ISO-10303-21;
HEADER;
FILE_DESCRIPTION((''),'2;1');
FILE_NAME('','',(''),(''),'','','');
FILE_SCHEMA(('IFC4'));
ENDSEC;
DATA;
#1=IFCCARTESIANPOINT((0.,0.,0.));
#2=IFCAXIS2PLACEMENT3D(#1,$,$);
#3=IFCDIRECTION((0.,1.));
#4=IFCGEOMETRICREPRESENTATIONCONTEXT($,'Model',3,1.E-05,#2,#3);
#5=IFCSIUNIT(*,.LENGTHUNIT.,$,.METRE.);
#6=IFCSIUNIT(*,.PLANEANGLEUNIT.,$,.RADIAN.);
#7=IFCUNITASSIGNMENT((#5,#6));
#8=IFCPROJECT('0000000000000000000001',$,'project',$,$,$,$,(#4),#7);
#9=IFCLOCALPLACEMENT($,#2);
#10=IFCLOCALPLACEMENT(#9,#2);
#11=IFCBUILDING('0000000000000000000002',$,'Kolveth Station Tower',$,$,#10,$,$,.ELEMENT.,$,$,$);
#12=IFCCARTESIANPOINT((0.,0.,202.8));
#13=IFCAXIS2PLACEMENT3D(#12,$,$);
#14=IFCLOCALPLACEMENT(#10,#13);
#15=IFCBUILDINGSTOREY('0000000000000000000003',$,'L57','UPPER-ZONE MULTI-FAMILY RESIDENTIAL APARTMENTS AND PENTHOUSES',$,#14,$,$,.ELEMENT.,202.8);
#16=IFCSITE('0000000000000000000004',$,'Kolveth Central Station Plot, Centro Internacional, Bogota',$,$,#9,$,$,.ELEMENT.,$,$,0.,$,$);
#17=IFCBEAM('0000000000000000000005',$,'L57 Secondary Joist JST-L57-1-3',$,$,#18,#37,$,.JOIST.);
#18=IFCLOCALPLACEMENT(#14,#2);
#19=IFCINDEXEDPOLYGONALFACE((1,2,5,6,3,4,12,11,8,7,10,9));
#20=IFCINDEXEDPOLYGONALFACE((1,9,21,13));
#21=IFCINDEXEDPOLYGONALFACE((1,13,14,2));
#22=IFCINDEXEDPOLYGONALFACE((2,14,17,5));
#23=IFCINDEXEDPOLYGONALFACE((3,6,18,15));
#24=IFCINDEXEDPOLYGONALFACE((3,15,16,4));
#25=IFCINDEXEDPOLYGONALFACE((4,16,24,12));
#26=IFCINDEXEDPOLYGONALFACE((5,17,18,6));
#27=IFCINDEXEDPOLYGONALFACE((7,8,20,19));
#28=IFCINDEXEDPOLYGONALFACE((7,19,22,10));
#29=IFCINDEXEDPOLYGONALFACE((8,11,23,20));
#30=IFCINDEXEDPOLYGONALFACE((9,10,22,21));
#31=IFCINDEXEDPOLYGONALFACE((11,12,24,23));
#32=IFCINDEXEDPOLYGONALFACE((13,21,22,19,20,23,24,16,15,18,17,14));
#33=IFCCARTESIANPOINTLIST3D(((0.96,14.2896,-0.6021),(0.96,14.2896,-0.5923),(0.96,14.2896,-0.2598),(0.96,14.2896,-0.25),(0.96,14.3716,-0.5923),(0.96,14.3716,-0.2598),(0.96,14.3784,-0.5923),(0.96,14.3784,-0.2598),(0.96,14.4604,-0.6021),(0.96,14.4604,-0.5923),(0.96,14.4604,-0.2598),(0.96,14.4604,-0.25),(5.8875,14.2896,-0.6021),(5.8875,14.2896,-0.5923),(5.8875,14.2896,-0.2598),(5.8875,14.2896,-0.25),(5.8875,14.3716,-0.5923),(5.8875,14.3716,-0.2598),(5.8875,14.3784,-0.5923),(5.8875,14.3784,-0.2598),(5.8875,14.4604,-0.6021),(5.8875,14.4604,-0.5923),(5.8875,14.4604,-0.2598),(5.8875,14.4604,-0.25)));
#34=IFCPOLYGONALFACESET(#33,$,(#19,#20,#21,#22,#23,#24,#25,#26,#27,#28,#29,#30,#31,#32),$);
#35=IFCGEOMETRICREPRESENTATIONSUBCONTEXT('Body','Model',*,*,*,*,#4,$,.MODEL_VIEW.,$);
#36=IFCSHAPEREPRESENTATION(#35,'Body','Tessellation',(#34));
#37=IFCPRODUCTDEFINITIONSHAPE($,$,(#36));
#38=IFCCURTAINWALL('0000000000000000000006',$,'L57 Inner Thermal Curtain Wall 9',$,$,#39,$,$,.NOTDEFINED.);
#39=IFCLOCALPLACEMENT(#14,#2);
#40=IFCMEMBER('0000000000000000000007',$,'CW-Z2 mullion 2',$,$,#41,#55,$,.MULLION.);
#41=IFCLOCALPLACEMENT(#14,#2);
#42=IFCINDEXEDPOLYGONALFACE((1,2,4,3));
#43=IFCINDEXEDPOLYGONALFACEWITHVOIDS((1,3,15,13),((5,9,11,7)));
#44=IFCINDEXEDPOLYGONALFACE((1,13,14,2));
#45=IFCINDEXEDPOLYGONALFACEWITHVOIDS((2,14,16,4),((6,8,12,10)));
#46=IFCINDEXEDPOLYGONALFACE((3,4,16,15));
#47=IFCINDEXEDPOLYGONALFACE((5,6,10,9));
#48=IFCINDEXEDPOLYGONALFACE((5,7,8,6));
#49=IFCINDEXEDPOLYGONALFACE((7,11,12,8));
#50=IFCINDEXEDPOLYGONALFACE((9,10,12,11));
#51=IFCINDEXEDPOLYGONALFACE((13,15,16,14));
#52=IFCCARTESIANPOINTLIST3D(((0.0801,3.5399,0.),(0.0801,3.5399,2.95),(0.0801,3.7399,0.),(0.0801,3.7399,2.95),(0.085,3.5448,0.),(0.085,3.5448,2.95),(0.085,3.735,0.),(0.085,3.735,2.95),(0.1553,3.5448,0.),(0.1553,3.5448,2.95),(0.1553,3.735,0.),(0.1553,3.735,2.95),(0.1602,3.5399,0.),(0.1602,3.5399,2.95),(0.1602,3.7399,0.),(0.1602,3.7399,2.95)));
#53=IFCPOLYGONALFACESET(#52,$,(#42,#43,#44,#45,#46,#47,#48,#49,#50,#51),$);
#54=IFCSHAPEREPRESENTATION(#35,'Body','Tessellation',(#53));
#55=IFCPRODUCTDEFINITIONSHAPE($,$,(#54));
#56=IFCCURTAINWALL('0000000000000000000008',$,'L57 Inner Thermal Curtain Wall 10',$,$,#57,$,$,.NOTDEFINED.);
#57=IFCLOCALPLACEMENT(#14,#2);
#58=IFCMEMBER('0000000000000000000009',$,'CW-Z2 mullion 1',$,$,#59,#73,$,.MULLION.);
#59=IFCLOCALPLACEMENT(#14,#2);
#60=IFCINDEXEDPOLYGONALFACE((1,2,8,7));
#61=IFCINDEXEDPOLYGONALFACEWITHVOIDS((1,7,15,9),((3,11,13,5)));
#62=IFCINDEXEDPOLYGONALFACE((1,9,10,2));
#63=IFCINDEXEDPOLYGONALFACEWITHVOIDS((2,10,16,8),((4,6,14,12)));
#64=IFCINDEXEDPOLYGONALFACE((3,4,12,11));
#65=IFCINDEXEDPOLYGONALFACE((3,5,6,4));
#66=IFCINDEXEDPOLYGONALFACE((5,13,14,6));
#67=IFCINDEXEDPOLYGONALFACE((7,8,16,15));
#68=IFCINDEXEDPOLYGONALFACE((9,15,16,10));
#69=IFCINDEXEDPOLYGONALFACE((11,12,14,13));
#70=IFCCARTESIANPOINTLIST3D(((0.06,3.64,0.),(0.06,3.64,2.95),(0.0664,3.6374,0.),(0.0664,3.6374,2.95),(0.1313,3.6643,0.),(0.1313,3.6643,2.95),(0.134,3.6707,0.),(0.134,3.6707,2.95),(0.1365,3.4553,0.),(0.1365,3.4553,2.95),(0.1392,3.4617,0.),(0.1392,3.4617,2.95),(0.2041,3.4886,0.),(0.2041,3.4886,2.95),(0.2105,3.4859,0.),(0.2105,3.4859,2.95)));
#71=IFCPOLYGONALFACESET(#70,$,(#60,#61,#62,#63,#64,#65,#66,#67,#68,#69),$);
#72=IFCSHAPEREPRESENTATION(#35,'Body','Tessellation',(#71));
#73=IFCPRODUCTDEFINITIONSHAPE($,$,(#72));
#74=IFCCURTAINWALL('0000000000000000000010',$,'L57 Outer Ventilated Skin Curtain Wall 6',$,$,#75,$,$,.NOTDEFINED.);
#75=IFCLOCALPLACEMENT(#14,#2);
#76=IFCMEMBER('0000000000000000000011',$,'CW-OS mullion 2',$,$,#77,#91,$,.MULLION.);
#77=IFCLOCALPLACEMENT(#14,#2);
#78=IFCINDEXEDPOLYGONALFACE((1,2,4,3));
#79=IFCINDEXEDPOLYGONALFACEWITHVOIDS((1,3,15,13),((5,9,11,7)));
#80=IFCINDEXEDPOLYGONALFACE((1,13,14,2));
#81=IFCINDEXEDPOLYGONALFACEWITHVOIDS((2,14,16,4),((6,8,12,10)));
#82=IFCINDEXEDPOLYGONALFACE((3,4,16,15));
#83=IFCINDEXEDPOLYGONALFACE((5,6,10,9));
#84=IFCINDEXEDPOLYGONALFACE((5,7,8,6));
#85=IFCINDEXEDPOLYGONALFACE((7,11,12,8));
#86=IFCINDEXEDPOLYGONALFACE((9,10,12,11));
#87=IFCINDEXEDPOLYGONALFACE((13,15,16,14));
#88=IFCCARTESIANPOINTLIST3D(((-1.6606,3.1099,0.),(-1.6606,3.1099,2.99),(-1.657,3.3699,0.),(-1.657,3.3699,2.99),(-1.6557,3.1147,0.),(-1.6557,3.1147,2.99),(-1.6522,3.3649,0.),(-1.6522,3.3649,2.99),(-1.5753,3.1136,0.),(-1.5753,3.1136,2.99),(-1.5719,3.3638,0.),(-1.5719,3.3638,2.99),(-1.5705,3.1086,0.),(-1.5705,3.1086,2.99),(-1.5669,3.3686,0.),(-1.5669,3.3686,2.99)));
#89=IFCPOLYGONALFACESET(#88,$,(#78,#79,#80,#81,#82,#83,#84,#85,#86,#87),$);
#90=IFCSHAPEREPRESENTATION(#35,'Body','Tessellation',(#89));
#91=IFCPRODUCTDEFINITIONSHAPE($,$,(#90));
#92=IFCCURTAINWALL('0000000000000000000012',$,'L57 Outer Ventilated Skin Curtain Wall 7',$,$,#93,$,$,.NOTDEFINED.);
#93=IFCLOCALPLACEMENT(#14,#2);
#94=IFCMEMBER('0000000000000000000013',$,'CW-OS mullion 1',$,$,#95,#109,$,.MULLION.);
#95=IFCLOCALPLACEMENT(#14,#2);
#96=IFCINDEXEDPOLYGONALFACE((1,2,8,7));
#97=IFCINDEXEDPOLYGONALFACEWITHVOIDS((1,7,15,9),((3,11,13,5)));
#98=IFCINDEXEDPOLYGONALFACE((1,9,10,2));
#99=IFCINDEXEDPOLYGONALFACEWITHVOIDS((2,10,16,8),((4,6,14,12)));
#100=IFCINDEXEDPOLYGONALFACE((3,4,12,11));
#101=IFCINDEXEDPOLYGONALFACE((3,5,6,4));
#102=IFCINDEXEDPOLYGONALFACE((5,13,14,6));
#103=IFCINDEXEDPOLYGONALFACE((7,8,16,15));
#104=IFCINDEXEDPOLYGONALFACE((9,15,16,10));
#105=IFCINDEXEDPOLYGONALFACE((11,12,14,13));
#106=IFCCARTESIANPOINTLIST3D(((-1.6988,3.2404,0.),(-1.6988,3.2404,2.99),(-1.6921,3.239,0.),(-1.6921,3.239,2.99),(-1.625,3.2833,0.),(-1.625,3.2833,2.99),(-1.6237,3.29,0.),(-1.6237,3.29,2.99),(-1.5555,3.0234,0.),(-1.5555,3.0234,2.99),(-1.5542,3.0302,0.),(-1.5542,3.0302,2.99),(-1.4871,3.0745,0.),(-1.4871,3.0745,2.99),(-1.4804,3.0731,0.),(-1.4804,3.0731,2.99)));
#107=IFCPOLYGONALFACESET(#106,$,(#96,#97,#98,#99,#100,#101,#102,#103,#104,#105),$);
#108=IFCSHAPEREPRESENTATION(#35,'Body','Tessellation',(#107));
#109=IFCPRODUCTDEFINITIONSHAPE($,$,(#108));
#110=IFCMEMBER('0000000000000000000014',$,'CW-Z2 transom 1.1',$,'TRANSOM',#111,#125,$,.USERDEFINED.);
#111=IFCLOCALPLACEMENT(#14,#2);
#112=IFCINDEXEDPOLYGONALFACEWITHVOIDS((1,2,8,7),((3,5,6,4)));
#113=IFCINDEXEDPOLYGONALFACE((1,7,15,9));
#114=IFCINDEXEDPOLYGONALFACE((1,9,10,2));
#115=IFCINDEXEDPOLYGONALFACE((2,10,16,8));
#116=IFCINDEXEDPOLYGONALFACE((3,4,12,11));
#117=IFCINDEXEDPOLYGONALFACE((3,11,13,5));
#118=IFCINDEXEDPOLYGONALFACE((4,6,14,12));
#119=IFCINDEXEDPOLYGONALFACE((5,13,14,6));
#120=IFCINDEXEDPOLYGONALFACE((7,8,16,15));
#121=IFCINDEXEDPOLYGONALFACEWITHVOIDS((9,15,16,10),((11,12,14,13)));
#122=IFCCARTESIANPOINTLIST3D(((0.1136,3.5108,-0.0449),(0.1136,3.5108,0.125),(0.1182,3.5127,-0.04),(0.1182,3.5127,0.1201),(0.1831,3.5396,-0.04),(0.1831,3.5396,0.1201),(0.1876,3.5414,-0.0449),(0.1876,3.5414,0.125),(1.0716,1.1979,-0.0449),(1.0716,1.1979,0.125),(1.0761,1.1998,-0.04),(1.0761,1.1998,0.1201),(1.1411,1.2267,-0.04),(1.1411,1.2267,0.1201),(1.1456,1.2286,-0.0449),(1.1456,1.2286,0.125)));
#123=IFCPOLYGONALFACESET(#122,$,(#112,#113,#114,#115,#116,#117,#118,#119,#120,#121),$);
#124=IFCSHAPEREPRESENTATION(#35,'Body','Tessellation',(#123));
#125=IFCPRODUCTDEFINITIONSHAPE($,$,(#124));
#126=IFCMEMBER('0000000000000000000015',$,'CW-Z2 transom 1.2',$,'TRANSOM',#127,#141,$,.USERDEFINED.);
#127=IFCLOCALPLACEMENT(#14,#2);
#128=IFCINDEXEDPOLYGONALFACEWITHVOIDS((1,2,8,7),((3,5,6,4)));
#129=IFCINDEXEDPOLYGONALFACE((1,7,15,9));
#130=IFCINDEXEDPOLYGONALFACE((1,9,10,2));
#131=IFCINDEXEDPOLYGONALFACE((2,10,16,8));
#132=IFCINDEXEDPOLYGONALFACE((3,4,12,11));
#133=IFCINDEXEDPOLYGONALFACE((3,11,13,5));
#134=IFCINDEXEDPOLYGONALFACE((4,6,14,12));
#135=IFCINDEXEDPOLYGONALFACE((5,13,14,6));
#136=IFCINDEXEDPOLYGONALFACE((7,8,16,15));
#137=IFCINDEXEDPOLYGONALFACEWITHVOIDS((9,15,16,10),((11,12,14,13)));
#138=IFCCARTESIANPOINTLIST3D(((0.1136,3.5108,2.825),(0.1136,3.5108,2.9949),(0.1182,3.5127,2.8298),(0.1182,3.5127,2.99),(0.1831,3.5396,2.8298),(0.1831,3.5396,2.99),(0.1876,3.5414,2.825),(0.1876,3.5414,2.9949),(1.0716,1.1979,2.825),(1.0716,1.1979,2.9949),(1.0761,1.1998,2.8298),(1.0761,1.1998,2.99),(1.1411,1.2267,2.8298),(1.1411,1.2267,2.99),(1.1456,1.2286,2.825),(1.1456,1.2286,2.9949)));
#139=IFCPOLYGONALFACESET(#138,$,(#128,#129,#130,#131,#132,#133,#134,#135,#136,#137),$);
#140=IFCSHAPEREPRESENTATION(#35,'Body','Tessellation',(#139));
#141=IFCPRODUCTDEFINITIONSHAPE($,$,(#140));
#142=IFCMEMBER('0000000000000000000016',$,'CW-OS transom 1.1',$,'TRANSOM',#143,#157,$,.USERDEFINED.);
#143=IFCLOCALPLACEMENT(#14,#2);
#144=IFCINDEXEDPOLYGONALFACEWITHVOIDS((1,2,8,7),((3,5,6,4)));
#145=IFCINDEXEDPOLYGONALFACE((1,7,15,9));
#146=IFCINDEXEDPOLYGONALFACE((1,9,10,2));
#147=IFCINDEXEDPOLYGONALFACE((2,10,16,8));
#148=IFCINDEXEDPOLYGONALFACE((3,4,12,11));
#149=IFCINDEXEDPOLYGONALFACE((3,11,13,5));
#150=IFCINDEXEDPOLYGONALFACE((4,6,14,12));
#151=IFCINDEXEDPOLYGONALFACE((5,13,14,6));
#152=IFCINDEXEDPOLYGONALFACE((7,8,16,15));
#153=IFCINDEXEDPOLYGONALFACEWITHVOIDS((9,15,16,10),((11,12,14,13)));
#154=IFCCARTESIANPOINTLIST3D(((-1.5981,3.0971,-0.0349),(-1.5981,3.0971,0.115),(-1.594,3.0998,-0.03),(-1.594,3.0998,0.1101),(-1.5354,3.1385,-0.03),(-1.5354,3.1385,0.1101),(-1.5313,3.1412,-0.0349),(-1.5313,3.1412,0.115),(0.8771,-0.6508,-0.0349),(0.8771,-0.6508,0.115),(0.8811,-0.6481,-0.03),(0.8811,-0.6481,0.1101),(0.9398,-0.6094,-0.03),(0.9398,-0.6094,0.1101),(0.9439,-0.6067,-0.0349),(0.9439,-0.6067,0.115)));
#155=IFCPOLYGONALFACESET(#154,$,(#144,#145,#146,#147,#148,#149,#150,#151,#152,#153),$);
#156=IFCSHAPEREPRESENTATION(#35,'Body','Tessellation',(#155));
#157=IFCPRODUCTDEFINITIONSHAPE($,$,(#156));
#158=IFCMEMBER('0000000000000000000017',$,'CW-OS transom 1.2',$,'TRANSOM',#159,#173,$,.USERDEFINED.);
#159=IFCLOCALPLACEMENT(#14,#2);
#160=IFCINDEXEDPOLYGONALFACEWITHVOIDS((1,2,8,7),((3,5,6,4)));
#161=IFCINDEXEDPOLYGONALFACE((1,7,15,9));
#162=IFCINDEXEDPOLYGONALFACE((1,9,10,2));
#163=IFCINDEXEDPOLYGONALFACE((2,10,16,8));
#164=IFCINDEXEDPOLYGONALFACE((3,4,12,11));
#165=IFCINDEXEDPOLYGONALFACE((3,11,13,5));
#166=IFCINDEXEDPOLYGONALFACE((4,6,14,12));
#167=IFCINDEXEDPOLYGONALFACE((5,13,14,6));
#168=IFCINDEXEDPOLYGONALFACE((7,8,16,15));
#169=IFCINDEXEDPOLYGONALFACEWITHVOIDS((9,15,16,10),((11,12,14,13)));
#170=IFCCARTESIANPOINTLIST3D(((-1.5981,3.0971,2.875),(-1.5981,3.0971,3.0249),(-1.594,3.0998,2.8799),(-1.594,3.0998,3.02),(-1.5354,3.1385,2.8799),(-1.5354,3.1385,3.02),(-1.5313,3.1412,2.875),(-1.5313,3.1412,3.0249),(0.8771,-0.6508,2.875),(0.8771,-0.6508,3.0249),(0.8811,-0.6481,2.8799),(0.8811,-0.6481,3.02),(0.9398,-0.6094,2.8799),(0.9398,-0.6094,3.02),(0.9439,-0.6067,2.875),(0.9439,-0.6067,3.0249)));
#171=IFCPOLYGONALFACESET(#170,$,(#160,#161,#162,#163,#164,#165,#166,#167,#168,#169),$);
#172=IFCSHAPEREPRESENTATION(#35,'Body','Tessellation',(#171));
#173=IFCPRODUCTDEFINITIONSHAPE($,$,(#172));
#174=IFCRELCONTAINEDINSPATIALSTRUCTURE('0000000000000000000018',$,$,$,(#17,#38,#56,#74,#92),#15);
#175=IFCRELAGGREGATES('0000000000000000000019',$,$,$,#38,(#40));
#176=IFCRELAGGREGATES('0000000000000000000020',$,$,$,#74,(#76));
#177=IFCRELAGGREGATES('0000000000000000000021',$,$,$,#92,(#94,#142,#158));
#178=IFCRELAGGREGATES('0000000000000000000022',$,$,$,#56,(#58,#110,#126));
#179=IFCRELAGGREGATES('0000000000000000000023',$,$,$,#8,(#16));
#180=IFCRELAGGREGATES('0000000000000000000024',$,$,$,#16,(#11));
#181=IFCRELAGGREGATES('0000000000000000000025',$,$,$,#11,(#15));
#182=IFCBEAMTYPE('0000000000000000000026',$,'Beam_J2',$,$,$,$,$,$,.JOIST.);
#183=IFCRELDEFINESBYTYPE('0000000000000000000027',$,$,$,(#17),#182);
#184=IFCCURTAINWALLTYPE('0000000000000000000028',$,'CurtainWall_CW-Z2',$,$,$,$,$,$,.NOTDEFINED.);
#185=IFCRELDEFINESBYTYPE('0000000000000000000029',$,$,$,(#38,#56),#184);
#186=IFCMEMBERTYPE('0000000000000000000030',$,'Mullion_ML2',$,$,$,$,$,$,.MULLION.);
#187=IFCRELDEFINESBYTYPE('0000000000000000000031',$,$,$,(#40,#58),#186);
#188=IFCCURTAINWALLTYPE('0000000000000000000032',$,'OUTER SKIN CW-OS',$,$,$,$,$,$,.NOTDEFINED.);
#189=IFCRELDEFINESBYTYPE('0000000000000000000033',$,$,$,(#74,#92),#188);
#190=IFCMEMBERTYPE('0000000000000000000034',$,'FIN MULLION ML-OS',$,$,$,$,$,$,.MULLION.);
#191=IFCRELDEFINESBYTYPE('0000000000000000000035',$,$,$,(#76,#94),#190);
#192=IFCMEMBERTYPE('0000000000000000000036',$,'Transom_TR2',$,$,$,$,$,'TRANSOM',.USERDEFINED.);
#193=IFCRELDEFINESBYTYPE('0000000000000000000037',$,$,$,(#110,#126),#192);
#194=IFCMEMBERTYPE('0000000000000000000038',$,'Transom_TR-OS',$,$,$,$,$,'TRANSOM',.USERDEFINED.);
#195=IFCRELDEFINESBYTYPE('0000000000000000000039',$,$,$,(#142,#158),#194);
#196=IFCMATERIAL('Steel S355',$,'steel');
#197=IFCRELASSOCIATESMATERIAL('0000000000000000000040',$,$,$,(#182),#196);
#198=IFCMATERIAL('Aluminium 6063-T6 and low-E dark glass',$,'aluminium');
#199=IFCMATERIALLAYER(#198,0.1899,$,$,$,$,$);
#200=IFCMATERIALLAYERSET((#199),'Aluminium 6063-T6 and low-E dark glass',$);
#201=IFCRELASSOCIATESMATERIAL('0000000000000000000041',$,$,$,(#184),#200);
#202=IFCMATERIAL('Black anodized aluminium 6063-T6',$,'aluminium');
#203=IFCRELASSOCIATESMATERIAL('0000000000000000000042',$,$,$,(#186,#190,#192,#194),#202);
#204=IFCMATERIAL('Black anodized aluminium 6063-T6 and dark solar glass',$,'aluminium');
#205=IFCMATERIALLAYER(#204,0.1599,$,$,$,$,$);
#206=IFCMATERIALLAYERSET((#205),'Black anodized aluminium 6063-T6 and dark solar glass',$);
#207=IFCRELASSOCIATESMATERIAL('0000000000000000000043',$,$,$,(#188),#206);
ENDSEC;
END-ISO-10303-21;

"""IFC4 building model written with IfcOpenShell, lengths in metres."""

from ifc_helpers import new_model, si_unit, direction, frame, origin, origin_2d, place, context, subcontext, project, spatial, hollow_rectangle, i_section, extrude, source, transform, mapped, material, layer, layer_set, material_profile, profile_set, type_object, element, aggregate, save


model = new_model("IFC4")

# Units and contexts
model_context = context("Model", 3, precision=1e-05, world=origin(), true_north=direction((0.0, 1.0)))
body_context = subcontext(model_context, "Body", "Model", "MODEL_VIEW")
ifc_project = project(units=[si_unit("LENGTHUNIT", "METRE"), si_unit("PLANEANGLEUNIT", "RADIAN")], contexts=[model_context])

# Site, building, storey
site_placement = place(None, origin())
site = spatial("IfcSite", under=ifc_project, at=site_placement, Name="Kolveth Central Station Plot, Centro Internacional, Bogota", CompositionType="ELEMENT", RefElevation=0.0)
building_placement = place(site_placement, origin())
building = spatial("IfcBuilding", under=site, at=building_placement, Name="Kolveth Station Tower", CompositionType="ELEMENT")
storey_placement = place(building_placement, frame((0.0, 0.0, 202.8)))
storey = spatial("IfcBuildingStorey", under=building, at=storey_placement, Name="L57", Description="UPPER-ZONE MULTI-FAMILY RESIDENTIAL APARTMENTS AND PENTHOUSES", CompositionType="ELEMENT", Elevation=202.8)

# Shared definitions
ifc_material_1 = material(Name="Steel S355", Category="steel")

# Beam
ifc_material_profile_1 = material_profile(ifc_material_1, i_section(OverallWidth=0.1709, OverallDepth=0.3521, WebThickness=0.0068, FlangeThickness=0.0098, at=origin_2d()), Name="W360x44")
ifc_profile_set_1 = profile_set([ifc_material_profile_1], Name="Steel S355")
beam_type_1 = type_object("IfcBeamType", Name="Beam_J2", PredefinedType="JOIST", material=ifc_profile_set_1)
shared_shape_1 = source(origin(), body_context, "Body", "SweptSolid", [
    extrude(i_section(OverallWidth=0.1709, OverallDepth=0.3521, WebThickness=0.0068, FlangeThickness=0.0098, at=origin_2d()), origin(), (0.0, 0.0, 1.0), 4.9275),
])
for number, where, z_axis, x_axis, name in (
    (1, (0.96, 14.375, -0.426), (1.0, 0.0, 0.0), (0.0, 1.0, 0.0), "L57 Secondary Joist JST-L57-1-3"),
):
    element("IfcBeam", number, at=place(storey_placement, frame(where, z_axis=z_axis, x_axis=x_axis)), inside=storey, type_object=beam_type_1, Name=name, PredefinedType="JOIST", context=body_context, shape_type="MappedRepresentation", body=[
        mapped(shared_shape_1, transform((0.0, 0.0, 0.0), x_axis=(1.0, 0.0, 0.0), y_axis=(0.0, 1.0, 0.0), z_axis=(0.0, 0.0, 1.0), scale=1.0)),
    ])

# Curtain walls, members
ifc_material_2 = material(Name="Aluminium 6063-T6 and low-E dark glass", Category="aluminium")
ifc_layer_1 = layer(ifc_material_2, 0.1899)
ifc_layer_set_1 = layer_set([ifc_layer_1], Name="Aluminium 6063-T6 and low-E dark glass")
curtain_wall_type_1 = type_object("IfcCurtainWallType", Name="CurtainWall_CW-Z2", PredefinedType="NOTDEFINED", material=ifc_layer_set_1)
curtain_wall_1_placement = place(storey_placement, origin())
curtain_wall_1 = element("IfcCurtainWall", 2, at=curtain_wall_1_placement, inside=storey, type_object=curtain_wall_type_1, Name="L57 Inner Thermal Curtain Wall 9", PredefinedType="NOTDEFINED")
ifc_material_3 = material(Name="Black anodized aluminium 6063-T6", Category="aluminium")
ifc_material_profile_2 = material_profile(ifc_material_3, hollow_rectangle(XDim=0.0801, YDim=0.2, WallThickness=0.0049, at=origin_2d()), Name="ALU-80x200x5")
ifc_profile_set_2 = profile_set([ifc_material_profile_2], Name="Black anodized aluminium 6063-T6")
member_type_1 = type_object("IfcMemberType", Name="Mullion_ML2", PredefinedType="MULLION", material=ifc_profile_set_2)
shared_shape_2 = source(origin(), body_context, "Body", "SweptSolid", [
    extrude(hollow_rectangle(XDim=0.0801, YDim=0.2, WallThickness=0.0049, at=origin_2d()), origin(), (0.0, 0.0, 1.0), 2.95),
])
member_1_placement = place(storey_placement, frame((0.1201, 3.6399, 0.0), z_axis=(0.0, 0.0, 1.0), x_axis=(1.0, 0.0, 0.0)))
member_1 = element("IfcMember", 3, at=member_1_placement, type_object=member_type_1, Name="CW-Z2 mullion 2", PredefinedType="MULLION", context=body_context, shape_type="MappedRepresentation", body=[
    mapped(shared_shape_2, transform((0.0, 0.0, 0.0), x_axis=(1.0, 0.0, 0.0), y_axis=(0.0, 1.0, 0.0), z_axis=(0.0, 0.0, 1.0), scale=1.0)),
])
aggregate(curtain_wall_1, [member_1])
curtain_wall_2_placement = place(storey_placement, origin())
curtain_wall_2 = element("IfcCurtainWall", 4, at=curtain_wall_2_placement, inside=storey, type_object=curtain_wall_type_1, Name="L57 Inner Thermal Curtain Wall 10", PredefinedType="NOTDEFINED")
member_2_placement = place(storey_placement, frame((0.1353, 3.563, 0.0), z_axis=(0.0, 0.0, 1.0), x_axis=(0.923874, 0.382698, 0.0)))
member_2 = element("IfcMember", 5, at=member_2_placement, type_object=member_type_1, Name="CW-Z2 mullion 1", PredefinedType="MULLION", context=body_context, shape_type="MappedRepresentation", body=[
    mapped(shared_shape_2, transform((0.0, 0.0, 0.0), x_axis=(1.0, 0.0, 0.0), y_axis=(0.0, 1.0, 0.0), z_axis=(0.0, 0.0, 1.0), scale=1.0)),
])
ifc_material_4 = material(Name="Black anodized aluminium 6063-T6 and dark solar glass", Category="aluminium")
ifc_layer_2 = layer(ifc_material_4, 0.1599)
ifc_layer_set_2 = layer_set([ifc_layer_2], Name="Black anodized aluminium 6063-T6 and dark solar glass")
curtain_wall_type_2 = type_object("IfcCurtainWallType", Name="OUTER SKIN CW-OS", PredefinedType="NOTDEFINED", material=ifc_layer_set_2)
curtain_wall_3_placement = place(storey_placement, origin())
curtain_wall_3 = element("IfcCurtainWall", 6, at=curtain_wall_3_placement, inside=storey, type_object=curtain_wall_type_2, Name="L57 Outer Ventilated Skin Curtain Wall 6", PredefinedType="NOTDEFINED")
ifc_material_profile_3 = material_profile(ifc_material_3, hollow_rectangle(XDim=0.0901, YDim=0.26, WallThickness=0.0049, at=origin_2d()), Name="ALU-90x260x5")
ifc_profile_set_3 = profile_set([ifc_material_profile_3], Name="Black anodized aluminium 6063-T6")
member_type_2 = type_object("IfcMemberType", Name="FIN MULLION ML-OS", PredefinedType="MULLION", material=ifc_profile_set_3)
shared_shape_3 = source(origin(), body_context, "Body", "SweptSolid", [
    extrude(hollow_rectangle(XDim=0.0901, YDim=0.26, WallThickness=0.0049, at=origin_2d()), origin(), (0.0, 0.0, 1.0), 2.99),
])
member_3_placement = place(storey_placement, frame((-1.6138, 3.2393, 0.0), z_axis=(0.0, 0.0, 1.0), x_axis=(0.999904, -0.013847, 0.0)))
member_3 = element("IfcMember", 7, at=member_3_placement, type_object=member_type_2, Name="CW-OS mullion 2", PredefinedType="MULLION", context=body_context, shape_type="MappedRepresentation", body=[
    mapped(shared_shape_3, transform((0.0, 0.0, 0.0), x_axis=(1.0, 0.0, 0.0), y_axis=(0.0, 1.0, 0.0), z_axis=(0.0, 0.0, 1.0), scale=1.0)),
])
aggregate(curtain_wall_3, [member_3])
curtain_wall_4_placement = place(storey_placement, origin())
curtain_wall_4 = element("IfcCurtainWall", 8, at=curtain_wall_4_placement, inside=storey, type_object=curtain_wall_type_2, Name="L57 Outer Ventilated Skin Curtain Wall 7", PredefinedType="NOTDEFINED")
member_4_placement = place(storey_placement, frame((-1.5896, 3.1567, 0.0), z_axis=(0.0, 0.0, 1.0), x_axis=(0.834424, 0.551123, 0.0)))
member_4 = element("IfcMember", 9, at=member_4_placement, type_object=member_type_2, Name="CW-OS mullion 1", PredefinedType="MULLION", context=body_context, shape_type="MappedRepresentation", body=[
    mapped(shared_shape_3, transform((0.0, 0.0, 0.0), x_axis=(1.0, 0.0, 0.0), y_axis=(0.0, 1.0, 0.0), z_axis=(0.0, 0.0, 1.0), scale=1.0)),
])

# Members
ifc_material_profile_4 = material_profile(ifc_material_3, hollow_rectangle(XDim=0.0801, YDim=0.1699, WallThickness=0.0049, at=origin_2d()), Name="ALU-80x170x5")
ifc_profile_set_4 = profile_set([ifc_material_profile_4], Name="Black anodized aluminium 6063-T6")
member_type_3 = type_object("IfcMemberType", Name="Transom_TR2", ElementType="TRANSOM", PredefinedType="USERDEFINED", material=ifc_profile_set_4)
shared_shape_4 = source(origin(), body_context, "Body", "SweptSolid", [
    extrude(hollow_rectangle(XDim=0.0801, YDim=0.1699, WallThickness=0.0049, at=origin_2d()), origin(), (0.0, 0.0, 1.0), 2.5034),
])
member_5_placement = place(storey_placement, frame((0.1506, 3.5261, 0.04), z_axis=(0.382662, -0.923888, 0.0), x_axis=(0.923888, 0.382662, 0.0)))
member_5 = element("IfcMember", 10, at=member_5_placement, type_object=member_type_3, Name="CW-Z2 transom 1.1", ObjectType="TRANSOM", PredefinedType="USERDEFINED", context=body_context, shape_type="MappedRepresentation", body=[
    mapped(shared_shape_4, transform((0.0, 0.0, 0.0), x_axis=(1.0, 0.0, 0.0), y_axis=(0.0, 1.0, 0.0), z_axis=(0.0, 0.0, 1.0), scale=1.0)),
])
member_6_placement = place(storey_placement, frame((0.1506, 3.5261, 2.9099), z_axis=(0.382662, -0.923888, 0.0), x_axis=(0.923888, 0.382662, 0.0)))
member_6 = element("IfcMember", 11, at=member_6_placement, type_object=member_type_3, Name="CW-Z2 transom 1.2", ObjectType="TRANSOM", PredefinedType="USERDEFINED", context=body_context, shape_type="MappedRepresentation", body=[
    mapped(shared_shape_4, transform((0.0, 0.0, 0.0), x_axis=(1.0, 0.0, 0.0), y_axis=(0.0, 1.0, 0.0), z_axis=(0.0, 0.0, 1.0), scale=1.0)),
])
ifc_material_profile_5 = material_profile(ifc_material_3, hollow_rectangle(XDim=0.0801, YDim=0.1499, WallThickness=0.0049, at=origin_2d()), Name="ALU-80x150x5")
ifc_profile_set_5 = profile_set([ifc_material_profile_5], Name="Black anodized aluminium 6063-T6")
member_type_4 = type_object("IfcMemberType", Name="Transom_TR-OS", ElementType="TRANSOM", PredefinedType="USERDEFINED", material=ifc_profile_set_5)
shared_shape_5 = source(origin(), body_context, "Body", "SweptSolid", [
    extrude(hollow_rectangle(XDim=0.0801, YDim=0.1499, WallThickness=0.0049, at=origin_2d()), origin(), (0.0, 0.0, 1.0), 4.4915),
])
member_7_placement = place(storey_placement, frame((-1.5647, 3.1191, 0.04), z_axis=(0.551082, -0.834451, 0.0), x_axis=(0.834451, 0.551082, 0.0)))
member_7 = element("IfcMember", 12, at=member_7_placement, type_object=member_type_4, Name="CW-OS transom 1.1", ObjectType="TRANSOM", PredefinedType="USERDEFINED", context=body_context, shape_type="MappedRepresentation", body=[
    mapped(shared_shape_5, transform((0.0, 0.0, 0.0), x_axis=(1.0, 0.0, 0.0), y_axis=(0.0, 1.0, 0.0), z_axis=(0.0, 0.0, 1.0), scale=1.0)),
])
member_8_placement = place(storey_placement, frame((-1.5647, 3.1191, 2.95), z_axis=(0.551082, -0.834451, 0.0), x_axis=(0.834451, 0.551082, 0.0)))
member_8 = element("IfcMember", 13, at=member_8_placement, type_object=member_type_4, Name="CW-OS transom 1.2", ObjectType="TRANSOM", PredefinedType="USERDEFINED", context=body_context, shape_type="MappedRepresentation", body=[
    mapped(shared_shape_5, transform((0.0, 0.0, 0.0), x_axis=(1.0, 0.0, 0.0), y_axis=(0.0, 1.0, 0.0), z_axis=(0.0, 0.0, 1.0), scale=1.0)),
])
aggregate(curtain_wall_4, [member_4, member_7, member_8])

aggregate(curtain_wall_2, [member_2, member_5, member_6])

save(model, "model.ifc")
